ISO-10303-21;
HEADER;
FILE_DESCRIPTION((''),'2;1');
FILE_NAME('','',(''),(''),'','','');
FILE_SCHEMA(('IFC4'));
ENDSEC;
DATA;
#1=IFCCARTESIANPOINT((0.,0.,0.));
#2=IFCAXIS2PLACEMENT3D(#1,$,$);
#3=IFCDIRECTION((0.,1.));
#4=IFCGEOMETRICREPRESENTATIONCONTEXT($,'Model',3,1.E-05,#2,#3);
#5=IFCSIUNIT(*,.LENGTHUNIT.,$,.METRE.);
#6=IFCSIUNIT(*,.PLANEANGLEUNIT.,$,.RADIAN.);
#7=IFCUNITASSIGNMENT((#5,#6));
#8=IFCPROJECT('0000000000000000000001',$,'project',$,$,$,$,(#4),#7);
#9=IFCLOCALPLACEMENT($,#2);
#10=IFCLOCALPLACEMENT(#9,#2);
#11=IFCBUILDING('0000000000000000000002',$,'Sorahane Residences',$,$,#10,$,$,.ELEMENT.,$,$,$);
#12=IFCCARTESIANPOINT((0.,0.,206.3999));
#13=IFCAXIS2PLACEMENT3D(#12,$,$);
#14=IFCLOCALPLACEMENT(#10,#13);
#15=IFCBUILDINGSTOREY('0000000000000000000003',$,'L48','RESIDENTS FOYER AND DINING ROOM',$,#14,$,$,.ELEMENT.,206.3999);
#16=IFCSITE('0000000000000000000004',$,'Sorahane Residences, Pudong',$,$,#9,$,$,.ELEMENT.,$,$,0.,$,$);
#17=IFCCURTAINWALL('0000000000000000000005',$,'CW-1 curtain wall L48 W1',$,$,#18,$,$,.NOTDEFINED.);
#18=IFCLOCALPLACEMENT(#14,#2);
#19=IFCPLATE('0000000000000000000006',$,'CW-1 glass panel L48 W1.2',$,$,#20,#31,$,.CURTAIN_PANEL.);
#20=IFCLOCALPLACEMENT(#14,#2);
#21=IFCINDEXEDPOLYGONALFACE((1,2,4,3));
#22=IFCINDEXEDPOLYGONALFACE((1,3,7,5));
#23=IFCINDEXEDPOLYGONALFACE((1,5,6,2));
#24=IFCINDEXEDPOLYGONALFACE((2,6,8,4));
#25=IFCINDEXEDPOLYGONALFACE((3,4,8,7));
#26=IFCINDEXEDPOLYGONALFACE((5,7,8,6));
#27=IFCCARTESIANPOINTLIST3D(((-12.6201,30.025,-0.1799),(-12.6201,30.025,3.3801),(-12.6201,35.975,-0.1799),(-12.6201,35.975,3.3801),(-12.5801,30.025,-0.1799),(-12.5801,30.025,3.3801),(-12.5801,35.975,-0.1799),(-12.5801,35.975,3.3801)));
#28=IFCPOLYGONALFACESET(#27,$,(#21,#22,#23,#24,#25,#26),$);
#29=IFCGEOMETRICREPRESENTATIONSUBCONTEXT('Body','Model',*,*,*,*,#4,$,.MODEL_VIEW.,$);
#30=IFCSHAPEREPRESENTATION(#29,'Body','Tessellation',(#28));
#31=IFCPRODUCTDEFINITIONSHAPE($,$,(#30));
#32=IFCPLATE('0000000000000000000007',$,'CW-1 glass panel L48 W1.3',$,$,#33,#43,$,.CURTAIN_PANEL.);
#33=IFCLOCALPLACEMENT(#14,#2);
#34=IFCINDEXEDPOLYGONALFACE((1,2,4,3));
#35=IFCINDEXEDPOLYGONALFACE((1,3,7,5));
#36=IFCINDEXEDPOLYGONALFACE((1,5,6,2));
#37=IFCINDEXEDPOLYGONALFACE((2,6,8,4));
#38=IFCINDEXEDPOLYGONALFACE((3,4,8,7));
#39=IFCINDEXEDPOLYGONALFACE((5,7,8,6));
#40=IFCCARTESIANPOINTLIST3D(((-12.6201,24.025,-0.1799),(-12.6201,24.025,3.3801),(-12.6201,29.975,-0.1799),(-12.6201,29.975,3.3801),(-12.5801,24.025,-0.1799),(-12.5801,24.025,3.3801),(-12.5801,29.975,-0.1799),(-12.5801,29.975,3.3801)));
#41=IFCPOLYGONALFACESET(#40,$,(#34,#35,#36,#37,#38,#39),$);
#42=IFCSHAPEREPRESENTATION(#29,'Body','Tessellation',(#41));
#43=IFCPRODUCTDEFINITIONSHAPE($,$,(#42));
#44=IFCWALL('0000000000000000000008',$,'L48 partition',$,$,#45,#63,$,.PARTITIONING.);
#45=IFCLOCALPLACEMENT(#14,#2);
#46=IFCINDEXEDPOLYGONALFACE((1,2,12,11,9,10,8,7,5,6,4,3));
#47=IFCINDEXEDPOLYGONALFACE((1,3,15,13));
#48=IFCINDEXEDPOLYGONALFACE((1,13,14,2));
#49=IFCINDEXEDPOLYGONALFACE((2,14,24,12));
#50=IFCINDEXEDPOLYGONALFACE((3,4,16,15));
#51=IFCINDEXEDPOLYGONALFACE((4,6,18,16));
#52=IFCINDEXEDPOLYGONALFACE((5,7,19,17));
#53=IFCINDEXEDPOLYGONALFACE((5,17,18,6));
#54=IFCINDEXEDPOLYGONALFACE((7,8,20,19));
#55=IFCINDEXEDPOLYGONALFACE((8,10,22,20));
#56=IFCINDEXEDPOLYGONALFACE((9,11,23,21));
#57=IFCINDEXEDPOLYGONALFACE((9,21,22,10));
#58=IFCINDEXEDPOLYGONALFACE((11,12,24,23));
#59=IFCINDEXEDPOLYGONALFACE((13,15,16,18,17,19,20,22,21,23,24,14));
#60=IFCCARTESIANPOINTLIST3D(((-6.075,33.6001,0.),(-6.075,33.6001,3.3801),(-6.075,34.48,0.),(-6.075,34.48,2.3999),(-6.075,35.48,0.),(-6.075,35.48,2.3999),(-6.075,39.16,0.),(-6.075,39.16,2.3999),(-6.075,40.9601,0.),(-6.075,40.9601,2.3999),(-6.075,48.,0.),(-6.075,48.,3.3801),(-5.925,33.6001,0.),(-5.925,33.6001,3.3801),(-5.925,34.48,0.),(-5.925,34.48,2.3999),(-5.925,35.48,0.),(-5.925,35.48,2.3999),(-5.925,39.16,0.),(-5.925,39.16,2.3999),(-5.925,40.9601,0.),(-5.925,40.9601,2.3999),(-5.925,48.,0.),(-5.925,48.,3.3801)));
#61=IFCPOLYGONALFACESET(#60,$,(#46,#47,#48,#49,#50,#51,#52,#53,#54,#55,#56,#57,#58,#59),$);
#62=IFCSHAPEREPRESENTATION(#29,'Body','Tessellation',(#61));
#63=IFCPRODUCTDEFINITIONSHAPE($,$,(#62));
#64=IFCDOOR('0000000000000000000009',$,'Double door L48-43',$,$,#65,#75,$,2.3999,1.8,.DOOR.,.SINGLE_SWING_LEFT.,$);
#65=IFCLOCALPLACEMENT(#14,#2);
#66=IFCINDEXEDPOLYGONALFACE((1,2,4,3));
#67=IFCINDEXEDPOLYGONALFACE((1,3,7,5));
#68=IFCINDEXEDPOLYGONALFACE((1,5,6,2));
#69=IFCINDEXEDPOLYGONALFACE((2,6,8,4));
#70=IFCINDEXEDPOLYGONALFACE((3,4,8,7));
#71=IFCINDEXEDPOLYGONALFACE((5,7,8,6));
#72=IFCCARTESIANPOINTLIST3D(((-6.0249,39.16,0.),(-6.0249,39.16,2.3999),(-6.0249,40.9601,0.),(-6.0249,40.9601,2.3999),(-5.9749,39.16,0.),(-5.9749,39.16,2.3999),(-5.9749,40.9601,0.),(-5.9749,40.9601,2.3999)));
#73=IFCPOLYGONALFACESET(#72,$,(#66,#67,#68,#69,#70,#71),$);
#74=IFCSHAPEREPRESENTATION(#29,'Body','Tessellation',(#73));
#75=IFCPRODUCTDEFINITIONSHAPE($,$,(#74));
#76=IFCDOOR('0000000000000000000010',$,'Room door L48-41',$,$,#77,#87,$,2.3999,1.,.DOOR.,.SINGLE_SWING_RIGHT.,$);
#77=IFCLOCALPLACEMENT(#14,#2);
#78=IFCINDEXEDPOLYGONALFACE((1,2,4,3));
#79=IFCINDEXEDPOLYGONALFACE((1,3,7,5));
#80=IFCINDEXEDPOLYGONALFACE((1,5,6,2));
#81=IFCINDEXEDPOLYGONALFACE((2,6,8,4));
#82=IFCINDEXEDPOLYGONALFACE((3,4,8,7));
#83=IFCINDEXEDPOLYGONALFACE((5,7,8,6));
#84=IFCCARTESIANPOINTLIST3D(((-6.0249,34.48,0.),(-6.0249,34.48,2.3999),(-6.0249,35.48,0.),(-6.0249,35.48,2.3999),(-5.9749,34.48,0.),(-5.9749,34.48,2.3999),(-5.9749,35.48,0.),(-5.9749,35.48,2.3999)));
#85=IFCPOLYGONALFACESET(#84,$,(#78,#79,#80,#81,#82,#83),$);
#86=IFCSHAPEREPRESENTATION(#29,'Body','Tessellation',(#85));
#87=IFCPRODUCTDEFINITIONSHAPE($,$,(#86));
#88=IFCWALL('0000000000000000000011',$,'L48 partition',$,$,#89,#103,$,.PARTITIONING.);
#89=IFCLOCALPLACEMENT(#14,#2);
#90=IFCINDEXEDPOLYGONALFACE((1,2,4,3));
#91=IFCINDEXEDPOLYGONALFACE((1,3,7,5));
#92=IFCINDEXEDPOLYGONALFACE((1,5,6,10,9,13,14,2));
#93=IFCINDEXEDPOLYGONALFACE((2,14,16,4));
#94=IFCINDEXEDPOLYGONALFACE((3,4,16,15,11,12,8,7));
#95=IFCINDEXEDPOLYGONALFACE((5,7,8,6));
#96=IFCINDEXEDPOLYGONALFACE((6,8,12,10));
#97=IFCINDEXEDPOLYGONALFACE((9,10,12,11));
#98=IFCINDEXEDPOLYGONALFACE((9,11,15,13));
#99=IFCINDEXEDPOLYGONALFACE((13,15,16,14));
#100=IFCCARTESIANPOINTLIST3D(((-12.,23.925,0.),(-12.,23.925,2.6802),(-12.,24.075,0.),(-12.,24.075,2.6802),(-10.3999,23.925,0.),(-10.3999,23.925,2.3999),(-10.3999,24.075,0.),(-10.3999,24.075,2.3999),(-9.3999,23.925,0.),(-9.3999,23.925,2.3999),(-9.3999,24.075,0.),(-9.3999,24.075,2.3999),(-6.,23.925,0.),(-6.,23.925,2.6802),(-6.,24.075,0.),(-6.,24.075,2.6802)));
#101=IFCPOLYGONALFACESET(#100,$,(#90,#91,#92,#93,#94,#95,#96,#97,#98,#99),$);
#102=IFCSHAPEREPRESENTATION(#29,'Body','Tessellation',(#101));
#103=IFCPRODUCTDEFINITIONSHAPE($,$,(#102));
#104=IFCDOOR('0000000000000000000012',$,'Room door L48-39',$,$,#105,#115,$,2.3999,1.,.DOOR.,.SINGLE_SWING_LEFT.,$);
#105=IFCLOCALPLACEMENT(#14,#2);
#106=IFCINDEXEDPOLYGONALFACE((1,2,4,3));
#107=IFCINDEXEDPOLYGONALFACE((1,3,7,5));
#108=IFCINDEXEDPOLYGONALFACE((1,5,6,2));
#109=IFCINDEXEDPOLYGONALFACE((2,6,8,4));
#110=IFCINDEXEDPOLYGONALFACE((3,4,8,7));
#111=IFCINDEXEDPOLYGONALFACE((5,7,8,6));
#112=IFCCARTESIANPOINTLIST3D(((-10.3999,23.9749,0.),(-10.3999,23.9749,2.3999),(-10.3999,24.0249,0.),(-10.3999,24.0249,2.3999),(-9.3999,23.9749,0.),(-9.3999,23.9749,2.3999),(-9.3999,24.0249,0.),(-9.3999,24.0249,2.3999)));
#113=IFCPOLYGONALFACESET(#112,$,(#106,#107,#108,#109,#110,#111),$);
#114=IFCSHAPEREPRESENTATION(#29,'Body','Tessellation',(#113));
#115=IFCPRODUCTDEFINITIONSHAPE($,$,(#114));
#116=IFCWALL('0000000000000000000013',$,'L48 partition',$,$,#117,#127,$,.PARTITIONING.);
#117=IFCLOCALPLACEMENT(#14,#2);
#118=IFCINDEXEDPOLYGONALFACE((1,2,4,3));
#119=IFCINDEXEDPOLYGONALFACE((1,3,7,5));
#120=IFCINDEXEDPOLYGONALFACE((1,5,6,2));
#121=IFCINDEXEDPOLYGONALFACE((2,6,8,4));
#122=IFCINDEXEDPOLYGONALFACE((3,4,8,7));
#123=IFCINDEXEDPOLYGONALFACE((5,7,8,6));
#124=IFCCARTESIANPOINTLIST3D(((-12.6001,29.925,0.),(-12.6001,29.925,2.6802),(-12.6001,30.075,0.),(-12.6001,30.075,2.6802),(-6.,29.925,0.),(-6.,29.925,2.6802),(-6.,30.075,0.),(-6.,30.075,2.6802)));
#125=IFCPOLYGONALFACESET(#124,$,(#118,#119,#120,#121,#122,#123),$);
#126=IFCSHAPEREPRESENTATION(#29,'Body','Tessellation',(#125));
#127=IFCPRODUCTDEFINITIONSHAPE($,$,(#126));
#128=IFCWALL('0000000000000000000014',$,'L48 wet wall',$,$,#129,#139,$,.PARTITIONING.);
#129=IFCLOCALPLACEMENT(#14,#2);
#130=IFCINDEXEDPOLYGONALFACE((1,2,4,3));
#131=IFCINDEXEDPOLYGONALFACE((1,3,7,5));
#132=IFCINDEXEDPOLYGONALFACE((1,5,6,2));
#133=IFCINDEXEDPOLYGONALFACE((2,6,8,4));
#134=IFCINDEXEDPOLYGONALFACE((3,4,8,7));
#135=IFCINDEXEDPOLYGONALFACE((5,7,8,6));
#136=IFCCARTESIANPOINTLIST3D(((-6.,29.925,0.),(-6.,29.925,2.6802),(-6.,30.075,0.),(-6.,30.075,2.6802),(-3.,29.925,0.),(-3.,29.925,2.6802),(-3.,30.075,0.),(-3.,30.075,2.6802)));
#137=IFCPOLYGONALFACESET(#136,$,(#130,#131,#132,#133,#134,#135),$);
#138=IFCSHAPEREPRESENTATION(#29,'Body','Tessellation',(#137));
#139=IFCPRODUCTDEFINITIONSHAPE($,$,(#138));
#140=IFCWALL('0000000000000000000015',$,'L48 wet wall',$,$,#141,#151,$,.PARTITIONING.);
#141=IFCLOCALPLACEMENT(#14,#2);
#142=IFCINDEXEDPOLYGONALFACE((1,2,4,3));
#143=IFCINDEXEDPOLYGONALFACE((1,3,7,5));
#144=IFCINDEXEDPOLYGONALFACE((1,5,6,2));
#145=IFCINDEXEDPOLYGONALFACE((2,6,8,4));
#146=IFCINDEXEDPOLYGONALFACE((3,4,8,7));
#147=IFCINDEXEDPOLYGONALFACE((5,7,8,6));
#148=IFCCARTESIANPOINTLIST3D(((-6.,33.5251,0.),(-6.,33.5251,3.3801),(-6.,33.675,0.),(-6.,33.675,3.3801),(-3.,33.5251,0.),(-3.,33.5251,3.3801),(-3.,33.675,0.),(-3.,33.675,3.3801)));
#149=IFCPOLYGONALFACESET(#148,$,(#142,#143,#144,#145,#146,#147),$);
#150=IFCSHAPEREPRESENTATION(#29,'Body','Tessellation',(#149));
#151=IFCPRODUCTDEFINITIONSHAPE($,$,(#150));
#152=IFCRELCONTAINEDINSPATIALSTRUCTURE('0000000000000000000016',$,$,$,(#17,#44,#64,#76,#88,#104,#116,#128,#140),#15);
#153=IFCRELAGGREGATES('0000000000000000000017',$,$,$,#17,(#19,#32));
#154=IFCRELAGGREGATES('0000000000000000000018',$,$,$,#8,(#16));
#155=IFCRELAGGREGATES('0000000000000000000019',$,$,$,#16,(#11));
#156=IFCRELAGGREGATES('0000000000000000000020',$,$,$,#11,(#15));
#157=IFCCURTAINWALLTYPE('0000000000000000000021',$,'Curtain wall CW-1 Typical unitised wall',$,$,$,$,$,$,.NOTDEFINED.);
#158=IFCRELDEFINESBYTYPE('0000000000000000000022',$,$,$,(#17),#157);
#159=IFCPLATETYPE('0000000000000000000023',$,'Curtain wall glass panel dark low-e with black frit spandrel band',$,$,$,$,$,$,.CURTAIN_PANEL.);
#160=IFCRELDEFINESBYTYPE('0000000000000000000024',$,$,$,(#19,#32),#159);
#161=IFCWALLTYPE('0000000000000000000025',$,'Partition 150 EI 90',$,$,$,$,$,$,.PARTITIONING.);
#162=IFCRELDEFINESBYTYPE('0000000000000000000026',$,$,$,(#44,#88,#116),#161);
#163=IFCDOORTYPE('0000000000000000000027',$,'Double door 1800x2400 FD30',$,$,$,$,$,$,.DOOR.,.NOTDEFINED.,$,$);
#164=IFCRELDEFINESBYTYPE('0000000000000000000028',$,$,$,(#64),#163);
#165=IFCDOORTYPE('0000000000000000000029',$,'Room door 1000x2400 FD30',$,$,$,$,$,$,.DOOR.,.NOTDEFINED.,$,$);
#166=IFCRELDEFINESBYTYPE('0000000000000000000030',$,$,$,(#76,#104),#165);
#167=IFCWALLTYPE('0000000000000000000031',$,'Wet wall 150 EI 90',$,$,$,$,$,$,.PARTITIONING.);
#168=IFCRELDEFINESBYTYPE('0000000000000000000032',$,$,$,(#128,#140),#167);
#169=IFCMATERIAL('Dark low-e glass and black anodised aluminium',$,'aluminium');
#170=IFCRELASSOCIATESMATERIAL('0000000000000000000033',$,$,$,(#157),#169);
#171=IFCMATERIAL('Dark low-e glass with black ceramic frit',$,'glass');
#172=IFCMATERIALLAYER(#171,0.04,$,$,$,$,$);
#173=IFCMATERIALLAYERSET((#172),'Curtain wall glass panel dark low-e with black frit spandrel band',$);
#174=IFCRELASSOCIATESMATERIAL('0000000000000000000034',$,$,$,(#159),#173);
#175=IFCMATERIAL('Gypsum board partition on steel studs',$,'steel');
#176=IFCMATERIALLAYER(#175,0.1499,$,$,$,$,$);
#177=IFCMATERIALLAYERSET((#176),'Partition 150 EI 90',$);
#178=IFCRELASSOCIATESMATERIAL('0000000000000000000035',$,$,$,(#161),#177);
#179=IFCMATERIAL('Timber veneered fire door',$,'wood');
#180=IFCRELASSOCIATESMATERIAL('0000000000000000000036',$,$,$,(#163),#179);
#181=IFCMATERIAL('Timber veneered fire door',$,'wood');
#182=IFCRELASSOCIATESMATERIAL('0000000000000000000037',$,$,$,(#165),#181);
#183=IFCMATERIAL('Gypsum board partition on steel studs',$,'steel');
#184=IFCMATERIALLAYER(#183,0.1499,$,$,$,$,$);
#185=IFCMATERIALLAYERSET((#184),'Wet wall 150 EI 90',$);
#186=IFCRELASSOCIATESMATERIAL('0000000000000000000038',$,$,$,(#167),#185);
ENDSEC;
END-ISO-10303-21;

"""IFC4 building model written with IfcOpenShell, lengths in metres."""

from ifc_helpers import new_model, si_unit, direction, frame, frame_2d, origin, origin_2d, place, context, subcontext, project, spatial, rectangle, extrude, material, layer, layer_set, type_object, element, fill, aggregate, save


model = new_model("IFC4")

# Units and contexts
model_context = context("Model", 3, precision=1e-05, world=origin(), true_north=direction((0.0, 1.0)))
body_context = subcontext(model_context, "Body", "Model", "MODEL_VIEW")
ifc_project = project(units=[si_unit("LENGTHUNIT", "METRE"), si_unit("PLANEANGLEUNIT", "RADIAN")], contexts=[model_context])

# Site, building, storey
site_placement = place(None, origin())
site = spatial("IfcSite", under=ifc_project, at=site_placement, Name="Sorahane Residences, Pudong", CompositionType="ELEMENT", RefElevation=0.0)
building_placement = place(site_placement, origin())
building = spatial("IfcBuilding", under=site, at=building_placement, Name="Sorahane Residences", CompositionType="ELEMENT")
storey_placement = place(building_placement, frame((0.0, 0.0, 206.3999)))
storey = spatial("IfcBuildingStorey", under=building, at=storey_placement, Name="L48", Description="RESIDENTS FOYER AND DINING ROOM", CompositionType="ELEMENT", Elevation=206.3999)

# Curtain wall
ifc_material_1 = material(Name="Dark low-e glass and black anodised aluminium", Category="aluminium")
curtain_wall_type = type_object("IfcCurtainWallType", Name="Curtain wall CW-1 Typical unitised wall", PredefinedType="NOTDEFINED", material=ifc_material_1)
curtain_wall_placement = place(storey_placement, origin())
curtain_wall = element("IfcCurtainWall", 1, at=curtain_wall_placement, inside=storey, type_object=curtain_wall_type, Name="CW-1 curtain wall L48 W1", PredefinedType="NOTDEFINED")

# Plates
ifc_material_2 = material(Name="Dark low-e glass with black ceramic frit", Category="glass")
ifc_layer_1 = layer(ifc_material_2, 0.04)
ifc_layer_set_1 = layer_set([ifc_layer_1], Name="Curtain wall glass panel dark low-e with black frit spandrel band")
plate_type = type_object("IfcPlateType", Name="Curtain wall glass panel dark low-e with black frit spandrel band", PredefinedType="CURTAIN_PANEL", material=ifc_layer_set_1)
plate_1_placement = place(storey_placement, frame((-12.6001, 33.0, -0.1799), z_axis=(0.0, 0.0, 1.0), x_axis=(0.0, -1.0, 0.0)))
plate_1 = element("IfcPlate", 2, at=plate_1_placement, type_object=plate_type, Name="CW-1 glass panel L48 W1.2", PredefinedType="CURTAIN_PANEL", context=body_context, shape_type="SweptSolid", body=[
    extrude(rectangle(XDim=5.95, YDim=0.04, at=origin_2d()), origin(), (0.0, 0.0, 1.0), 3.5601),
])
plate_2_placement = place(storey_placement, frame((-12.6001, 27.0, -0.1799), z_axis=(0.0, 0.0, 1.0), x_axis=(0.0, -1.0, 0.0)))
plate_2 = element("IfcPlate", 3, at=plate_2_placement, type_object=plate_type, Name="CW-1 glass panel L48 W1.3", PredefinedType="CURTAIN_PANEL", context=body_context, shape_type="SweptSolid", body=[
    extrude(rectangle(XDim=5.95, YDim=0.04, at=origin_2d()), origin(), (0.0, 0.0, 1.0), 3.5601),
])
aggregate(curtain_wall, [plate_1, plate_2])

# Wall, openings, doors
ifc_material_3 = material(Name="Gypsum board partition on steel studs", Category="steel")
ifc_layer_2 = layer(ifc_material_3, 0.1499)
ifc_layer_set_2 = layer_set([ifc_layer_2], Name="Partition 150 EI 90")
wall_type_1 = type_object("IfcWallType", Name="Partition 150 EI 90", PredefinedType="PARTITIONING", material=ifc_layer_set_2)
wall_1_placement = place(storey_placement, frame((-6.0, 33.6001, 0.0), z_axis=(0.0, 0.0, 1.0), x_axis=(0.0, 1.0, 0.0)))
wall_1 = element("IfcWall", 4, at=wall_1_placement, inside=storey, type_object=wall_type_1, Name="L48 partition", PredefinedType="PARTITIONING", context=body_context, shape_type="SweptSolid", body=[
    extrude(rectangle(XDim=14.3999, YDim=0.1499, at=frame_2d((7.2, 0.0))), origin(), (0.0, 0.0, 1.0), 3.3801),
])
opening_1_placement = place(wall_1_placement, frame((0.8799, 0.0, 0.0)))
opening_1 = element("IfcOpeningElement", 5, at=opening_1_placement, cuts=wall_1, PredefinedType="OPENING", context=body_context, shape_type="SweptSolid", body=[
    extrude(rectangle(XDim=1.0, YDim=2.3999, at=frame_2d((0.5, 1.2))), frame((0.0, 0.085, 0.0), z_axis=(0.0, -1.0, 0.0), x_axis=(1.0, 0.0, 0.0)), (0.0, 0.0, 1.0), 0.1699),
])
opening_2_placement = place(wall_1_placement, frame((5.5601, 0.0, 0.0)))
opening_2 = element("IfcOpeningElement", 6, at=opening_2_placement, cuts=wall_1, PredefinedType="OPENING", context=body_context, shape_type="SweptSolid", body=[
    extrude(rectangle(XDim=1.8, YDim=2.3999, at=frame_2d((0.8999, 1.2))), frame((0.0, 0.085, 0.0), z_axis=(0.0, -1.0, 0.0), x_axis=(1.0, 0.0, 0.0)), (0.0, 0.0, 1.0), 0.1699),
])
ifc_material_4 = material(Name="Timber veneered fire door", Category="wood")
door_type_1 = type_object("IfcDoorType", Name="Double door 1800x2400 FD30", OperationType="NOTDEFINED", PredefinedType="DOOR", material=ifc_material_4)
door_1_placement = place(opening_2_placement, origin())
door_1 = element("IfcDoor", 7, at=door_1_placement, inside=storey, type_object=door_type_1, Name="Double door L48-43", OperationType="SINGLE_SWING_LEFT", OverallHeight=2.3999, OverallWidth=1.8, PredefinedType="DOOR", context=body_context, shape_type="SweptSolid", body=[
    extrude(rectangle(XDim=1.8, YDim=2.3999, at=frame_2d((0.8999, 1.2))), frame((0.0, 0.0249, 0.0), z_axis=(0.0, -1.0, 0.0), x_axis=(1.0, 0.0, 0.0)), (0.0, 0.0, 1.0), 0.05),
])
fill(opening_2, door_1)
ifc_material_5 = material(Name="Timber veneered fire door", Category="wood")
door_type_2 = type_object("IfcDoorType", Name="Room door 1000x2400 FD30", OperationType="NOTDEFINED", PredefinedType="DOOR", material=ifc_material_5)
door_2_placement = place(opening_1_placement, origin())
door_2 = element("IfcDoor", 8, at=door_2_placement, inside=storey, type_object=door_type_2, Name="Room door L48-41", OperationType="SINGLE_SWING_RIGHT", OverallHeight=2.3999, OverallWidth=1.0, PredefinedType="DOOR", context=body_context, shape_type="SweptSolid", body=[
    extrude(rectangle(XDim=1.0, YDim=2.3999, at=frame_2d((0.5, 1.2))), frame((0.0, 0.0249, 0.0), z_axis=(0.0, -1.0, 0.0), x_axis=(1.0, 0.0, 0.0)), (0.0, 0.0, 1.0), 0.05),
])
fill(opening_1, door_2)

# Wall, opening, door
wall_2_placement = place(storey_placement, frame((-12.0, 24.0, 0.0), z_axis=(0.0, 0.0, 1.0), x_axis=(1.0, 0.0, 0.0)))
wall_2 = element("IfcWall", 9, at=wall_2_placement, inside=storey, type_object=wall_type_1, Name="L48 partition", PredefinedType="PARTITIONING", context=body_context, shape_type="SweptSolid", body=[
    extrude(rectangle(XDim=6.0, YDim=0.1499, at=frame_2d((3.0, 0.0))), origin(), (0.0, 0.0, 1.0), 2.6802),
])
opening_3_placement = place(wall_2_placement, frame((1.6001, 0.0, 0.0)))
opening_3 = element("IfcOpeningElement", 10, at=opening_3_placement, cuts=wall_2, PredefinedType="OPENING", context=body_context, shape_type="SweptSolid", body=[
    extrude(rectangle(XDim=1.0, YDim=2.3999, at=frame_2d((0.5, 1.2))), frame((0.0, 0.085, 0.0), z_axis=(0.0, -1.0, 0.0), x_axis=(1.0, 0.0, 0.0)), (0.0, 0.0, 1.0), 0.1699),
])
door_3_placement = place(opening_3_placement, origin())
door_3 = element("IfcDoor", 11, at=door_3_placement, inside=storey, type_object=door_type_2, Name="Room door L48-39", OperationType="SINGLE_SWING_LEFT", OverallHeight=2.3999, OverallWidth=1.0, PredefinedType="DOOR", context=body_context, shape_type="SweptSolid", body=[
    extrude(rectangle(XDim=1.0, YDim=2.3999, at=frame_2d((0.5, 1.2))), frame((0.0, 0.0249, 0.0), z_axis=(0.0, -1.0, 0.0), x_axis=(1.0, 0.0, 0.0)), (0.0, 0.0, 1.0), 0.05),
])
fill(opening_3, door_3)

# Walls
wall_3_placement = place(storey_placement, frame((-12.6001, 30.0, 0.0), z_axis=(0.0, 0.0, 1.0), x_axis=(1.0, 0.0, 0.0)))
element("IfcWall", 12, at=wall_3_placement, inside=storey, type_object=wall_type_1, Name="L48 partition", PredefinedType="PARTITIONING", context=body_context, shape_type="SweptSolid", body=[
    extrude(rectangle(XDim=6.6001, YDim=0.1499, at=frame_2d((3.3, 0.0))), origin(), (0.0, 0.0, 1.0), 2.6802),
])
ifc_material_6 = material(Name="Gypsum board partition on steel studs", Category="steel")
ifc_layer_3 = layer(ifc_material_6, 0.1499)
ifc_layer_set_3 = layer_set([ifc_layer_3], Name="Wet wall 150 EI 90")
wall_type_2 = type_object("IfcWallType", Name="Wet wall 150 EI 90", PredefinedType="PARTITIONING", material=ifc_layer_set_3)
wall_4_placement = place(storey_placement, frame((-6.0, 30.0, 0.0), z_axis=(0.0, 0.0, 1.0), x_axis=(1.0, 0.0, 0.0)))
element("IfcWall", 13, at=wall_4_placement, inside=storey, type_object=wall_type_2, Name="L48 wet wall", PredefinedType="PARTITIONING", context=body_context, shape_type="SweptSolid", body=[
    extrude(rectangle(XDim=3.0, YDim=0.1499, at=frame_2d((1.5, 0.0))), origin(), (0.0, 0.0, 1.0), 2.6802),
])
wall_5_placement = place(storey_placement, frame((-6.0, 33.6001, 0.0), z_axis=(0.0, 0.0, 1.0), x_axis=(1.0, 0.0, 0.0)))
element("IfcWall", 14, at=wall_5_placement, inside=storey, type_object=wall_type_2, Name="L48 wet wall", PredefinedType="PARTITIONING", context=body_context, shape_type="SweptSolid", body=[
    extrude(rectangle(XDim=3.0, YDim=0.1499, at=frame_2d((1.5, 0.0))), origin(), (0.0, 0.0, 1.0), 3.3801),
])

save(model, "model.ifc")
